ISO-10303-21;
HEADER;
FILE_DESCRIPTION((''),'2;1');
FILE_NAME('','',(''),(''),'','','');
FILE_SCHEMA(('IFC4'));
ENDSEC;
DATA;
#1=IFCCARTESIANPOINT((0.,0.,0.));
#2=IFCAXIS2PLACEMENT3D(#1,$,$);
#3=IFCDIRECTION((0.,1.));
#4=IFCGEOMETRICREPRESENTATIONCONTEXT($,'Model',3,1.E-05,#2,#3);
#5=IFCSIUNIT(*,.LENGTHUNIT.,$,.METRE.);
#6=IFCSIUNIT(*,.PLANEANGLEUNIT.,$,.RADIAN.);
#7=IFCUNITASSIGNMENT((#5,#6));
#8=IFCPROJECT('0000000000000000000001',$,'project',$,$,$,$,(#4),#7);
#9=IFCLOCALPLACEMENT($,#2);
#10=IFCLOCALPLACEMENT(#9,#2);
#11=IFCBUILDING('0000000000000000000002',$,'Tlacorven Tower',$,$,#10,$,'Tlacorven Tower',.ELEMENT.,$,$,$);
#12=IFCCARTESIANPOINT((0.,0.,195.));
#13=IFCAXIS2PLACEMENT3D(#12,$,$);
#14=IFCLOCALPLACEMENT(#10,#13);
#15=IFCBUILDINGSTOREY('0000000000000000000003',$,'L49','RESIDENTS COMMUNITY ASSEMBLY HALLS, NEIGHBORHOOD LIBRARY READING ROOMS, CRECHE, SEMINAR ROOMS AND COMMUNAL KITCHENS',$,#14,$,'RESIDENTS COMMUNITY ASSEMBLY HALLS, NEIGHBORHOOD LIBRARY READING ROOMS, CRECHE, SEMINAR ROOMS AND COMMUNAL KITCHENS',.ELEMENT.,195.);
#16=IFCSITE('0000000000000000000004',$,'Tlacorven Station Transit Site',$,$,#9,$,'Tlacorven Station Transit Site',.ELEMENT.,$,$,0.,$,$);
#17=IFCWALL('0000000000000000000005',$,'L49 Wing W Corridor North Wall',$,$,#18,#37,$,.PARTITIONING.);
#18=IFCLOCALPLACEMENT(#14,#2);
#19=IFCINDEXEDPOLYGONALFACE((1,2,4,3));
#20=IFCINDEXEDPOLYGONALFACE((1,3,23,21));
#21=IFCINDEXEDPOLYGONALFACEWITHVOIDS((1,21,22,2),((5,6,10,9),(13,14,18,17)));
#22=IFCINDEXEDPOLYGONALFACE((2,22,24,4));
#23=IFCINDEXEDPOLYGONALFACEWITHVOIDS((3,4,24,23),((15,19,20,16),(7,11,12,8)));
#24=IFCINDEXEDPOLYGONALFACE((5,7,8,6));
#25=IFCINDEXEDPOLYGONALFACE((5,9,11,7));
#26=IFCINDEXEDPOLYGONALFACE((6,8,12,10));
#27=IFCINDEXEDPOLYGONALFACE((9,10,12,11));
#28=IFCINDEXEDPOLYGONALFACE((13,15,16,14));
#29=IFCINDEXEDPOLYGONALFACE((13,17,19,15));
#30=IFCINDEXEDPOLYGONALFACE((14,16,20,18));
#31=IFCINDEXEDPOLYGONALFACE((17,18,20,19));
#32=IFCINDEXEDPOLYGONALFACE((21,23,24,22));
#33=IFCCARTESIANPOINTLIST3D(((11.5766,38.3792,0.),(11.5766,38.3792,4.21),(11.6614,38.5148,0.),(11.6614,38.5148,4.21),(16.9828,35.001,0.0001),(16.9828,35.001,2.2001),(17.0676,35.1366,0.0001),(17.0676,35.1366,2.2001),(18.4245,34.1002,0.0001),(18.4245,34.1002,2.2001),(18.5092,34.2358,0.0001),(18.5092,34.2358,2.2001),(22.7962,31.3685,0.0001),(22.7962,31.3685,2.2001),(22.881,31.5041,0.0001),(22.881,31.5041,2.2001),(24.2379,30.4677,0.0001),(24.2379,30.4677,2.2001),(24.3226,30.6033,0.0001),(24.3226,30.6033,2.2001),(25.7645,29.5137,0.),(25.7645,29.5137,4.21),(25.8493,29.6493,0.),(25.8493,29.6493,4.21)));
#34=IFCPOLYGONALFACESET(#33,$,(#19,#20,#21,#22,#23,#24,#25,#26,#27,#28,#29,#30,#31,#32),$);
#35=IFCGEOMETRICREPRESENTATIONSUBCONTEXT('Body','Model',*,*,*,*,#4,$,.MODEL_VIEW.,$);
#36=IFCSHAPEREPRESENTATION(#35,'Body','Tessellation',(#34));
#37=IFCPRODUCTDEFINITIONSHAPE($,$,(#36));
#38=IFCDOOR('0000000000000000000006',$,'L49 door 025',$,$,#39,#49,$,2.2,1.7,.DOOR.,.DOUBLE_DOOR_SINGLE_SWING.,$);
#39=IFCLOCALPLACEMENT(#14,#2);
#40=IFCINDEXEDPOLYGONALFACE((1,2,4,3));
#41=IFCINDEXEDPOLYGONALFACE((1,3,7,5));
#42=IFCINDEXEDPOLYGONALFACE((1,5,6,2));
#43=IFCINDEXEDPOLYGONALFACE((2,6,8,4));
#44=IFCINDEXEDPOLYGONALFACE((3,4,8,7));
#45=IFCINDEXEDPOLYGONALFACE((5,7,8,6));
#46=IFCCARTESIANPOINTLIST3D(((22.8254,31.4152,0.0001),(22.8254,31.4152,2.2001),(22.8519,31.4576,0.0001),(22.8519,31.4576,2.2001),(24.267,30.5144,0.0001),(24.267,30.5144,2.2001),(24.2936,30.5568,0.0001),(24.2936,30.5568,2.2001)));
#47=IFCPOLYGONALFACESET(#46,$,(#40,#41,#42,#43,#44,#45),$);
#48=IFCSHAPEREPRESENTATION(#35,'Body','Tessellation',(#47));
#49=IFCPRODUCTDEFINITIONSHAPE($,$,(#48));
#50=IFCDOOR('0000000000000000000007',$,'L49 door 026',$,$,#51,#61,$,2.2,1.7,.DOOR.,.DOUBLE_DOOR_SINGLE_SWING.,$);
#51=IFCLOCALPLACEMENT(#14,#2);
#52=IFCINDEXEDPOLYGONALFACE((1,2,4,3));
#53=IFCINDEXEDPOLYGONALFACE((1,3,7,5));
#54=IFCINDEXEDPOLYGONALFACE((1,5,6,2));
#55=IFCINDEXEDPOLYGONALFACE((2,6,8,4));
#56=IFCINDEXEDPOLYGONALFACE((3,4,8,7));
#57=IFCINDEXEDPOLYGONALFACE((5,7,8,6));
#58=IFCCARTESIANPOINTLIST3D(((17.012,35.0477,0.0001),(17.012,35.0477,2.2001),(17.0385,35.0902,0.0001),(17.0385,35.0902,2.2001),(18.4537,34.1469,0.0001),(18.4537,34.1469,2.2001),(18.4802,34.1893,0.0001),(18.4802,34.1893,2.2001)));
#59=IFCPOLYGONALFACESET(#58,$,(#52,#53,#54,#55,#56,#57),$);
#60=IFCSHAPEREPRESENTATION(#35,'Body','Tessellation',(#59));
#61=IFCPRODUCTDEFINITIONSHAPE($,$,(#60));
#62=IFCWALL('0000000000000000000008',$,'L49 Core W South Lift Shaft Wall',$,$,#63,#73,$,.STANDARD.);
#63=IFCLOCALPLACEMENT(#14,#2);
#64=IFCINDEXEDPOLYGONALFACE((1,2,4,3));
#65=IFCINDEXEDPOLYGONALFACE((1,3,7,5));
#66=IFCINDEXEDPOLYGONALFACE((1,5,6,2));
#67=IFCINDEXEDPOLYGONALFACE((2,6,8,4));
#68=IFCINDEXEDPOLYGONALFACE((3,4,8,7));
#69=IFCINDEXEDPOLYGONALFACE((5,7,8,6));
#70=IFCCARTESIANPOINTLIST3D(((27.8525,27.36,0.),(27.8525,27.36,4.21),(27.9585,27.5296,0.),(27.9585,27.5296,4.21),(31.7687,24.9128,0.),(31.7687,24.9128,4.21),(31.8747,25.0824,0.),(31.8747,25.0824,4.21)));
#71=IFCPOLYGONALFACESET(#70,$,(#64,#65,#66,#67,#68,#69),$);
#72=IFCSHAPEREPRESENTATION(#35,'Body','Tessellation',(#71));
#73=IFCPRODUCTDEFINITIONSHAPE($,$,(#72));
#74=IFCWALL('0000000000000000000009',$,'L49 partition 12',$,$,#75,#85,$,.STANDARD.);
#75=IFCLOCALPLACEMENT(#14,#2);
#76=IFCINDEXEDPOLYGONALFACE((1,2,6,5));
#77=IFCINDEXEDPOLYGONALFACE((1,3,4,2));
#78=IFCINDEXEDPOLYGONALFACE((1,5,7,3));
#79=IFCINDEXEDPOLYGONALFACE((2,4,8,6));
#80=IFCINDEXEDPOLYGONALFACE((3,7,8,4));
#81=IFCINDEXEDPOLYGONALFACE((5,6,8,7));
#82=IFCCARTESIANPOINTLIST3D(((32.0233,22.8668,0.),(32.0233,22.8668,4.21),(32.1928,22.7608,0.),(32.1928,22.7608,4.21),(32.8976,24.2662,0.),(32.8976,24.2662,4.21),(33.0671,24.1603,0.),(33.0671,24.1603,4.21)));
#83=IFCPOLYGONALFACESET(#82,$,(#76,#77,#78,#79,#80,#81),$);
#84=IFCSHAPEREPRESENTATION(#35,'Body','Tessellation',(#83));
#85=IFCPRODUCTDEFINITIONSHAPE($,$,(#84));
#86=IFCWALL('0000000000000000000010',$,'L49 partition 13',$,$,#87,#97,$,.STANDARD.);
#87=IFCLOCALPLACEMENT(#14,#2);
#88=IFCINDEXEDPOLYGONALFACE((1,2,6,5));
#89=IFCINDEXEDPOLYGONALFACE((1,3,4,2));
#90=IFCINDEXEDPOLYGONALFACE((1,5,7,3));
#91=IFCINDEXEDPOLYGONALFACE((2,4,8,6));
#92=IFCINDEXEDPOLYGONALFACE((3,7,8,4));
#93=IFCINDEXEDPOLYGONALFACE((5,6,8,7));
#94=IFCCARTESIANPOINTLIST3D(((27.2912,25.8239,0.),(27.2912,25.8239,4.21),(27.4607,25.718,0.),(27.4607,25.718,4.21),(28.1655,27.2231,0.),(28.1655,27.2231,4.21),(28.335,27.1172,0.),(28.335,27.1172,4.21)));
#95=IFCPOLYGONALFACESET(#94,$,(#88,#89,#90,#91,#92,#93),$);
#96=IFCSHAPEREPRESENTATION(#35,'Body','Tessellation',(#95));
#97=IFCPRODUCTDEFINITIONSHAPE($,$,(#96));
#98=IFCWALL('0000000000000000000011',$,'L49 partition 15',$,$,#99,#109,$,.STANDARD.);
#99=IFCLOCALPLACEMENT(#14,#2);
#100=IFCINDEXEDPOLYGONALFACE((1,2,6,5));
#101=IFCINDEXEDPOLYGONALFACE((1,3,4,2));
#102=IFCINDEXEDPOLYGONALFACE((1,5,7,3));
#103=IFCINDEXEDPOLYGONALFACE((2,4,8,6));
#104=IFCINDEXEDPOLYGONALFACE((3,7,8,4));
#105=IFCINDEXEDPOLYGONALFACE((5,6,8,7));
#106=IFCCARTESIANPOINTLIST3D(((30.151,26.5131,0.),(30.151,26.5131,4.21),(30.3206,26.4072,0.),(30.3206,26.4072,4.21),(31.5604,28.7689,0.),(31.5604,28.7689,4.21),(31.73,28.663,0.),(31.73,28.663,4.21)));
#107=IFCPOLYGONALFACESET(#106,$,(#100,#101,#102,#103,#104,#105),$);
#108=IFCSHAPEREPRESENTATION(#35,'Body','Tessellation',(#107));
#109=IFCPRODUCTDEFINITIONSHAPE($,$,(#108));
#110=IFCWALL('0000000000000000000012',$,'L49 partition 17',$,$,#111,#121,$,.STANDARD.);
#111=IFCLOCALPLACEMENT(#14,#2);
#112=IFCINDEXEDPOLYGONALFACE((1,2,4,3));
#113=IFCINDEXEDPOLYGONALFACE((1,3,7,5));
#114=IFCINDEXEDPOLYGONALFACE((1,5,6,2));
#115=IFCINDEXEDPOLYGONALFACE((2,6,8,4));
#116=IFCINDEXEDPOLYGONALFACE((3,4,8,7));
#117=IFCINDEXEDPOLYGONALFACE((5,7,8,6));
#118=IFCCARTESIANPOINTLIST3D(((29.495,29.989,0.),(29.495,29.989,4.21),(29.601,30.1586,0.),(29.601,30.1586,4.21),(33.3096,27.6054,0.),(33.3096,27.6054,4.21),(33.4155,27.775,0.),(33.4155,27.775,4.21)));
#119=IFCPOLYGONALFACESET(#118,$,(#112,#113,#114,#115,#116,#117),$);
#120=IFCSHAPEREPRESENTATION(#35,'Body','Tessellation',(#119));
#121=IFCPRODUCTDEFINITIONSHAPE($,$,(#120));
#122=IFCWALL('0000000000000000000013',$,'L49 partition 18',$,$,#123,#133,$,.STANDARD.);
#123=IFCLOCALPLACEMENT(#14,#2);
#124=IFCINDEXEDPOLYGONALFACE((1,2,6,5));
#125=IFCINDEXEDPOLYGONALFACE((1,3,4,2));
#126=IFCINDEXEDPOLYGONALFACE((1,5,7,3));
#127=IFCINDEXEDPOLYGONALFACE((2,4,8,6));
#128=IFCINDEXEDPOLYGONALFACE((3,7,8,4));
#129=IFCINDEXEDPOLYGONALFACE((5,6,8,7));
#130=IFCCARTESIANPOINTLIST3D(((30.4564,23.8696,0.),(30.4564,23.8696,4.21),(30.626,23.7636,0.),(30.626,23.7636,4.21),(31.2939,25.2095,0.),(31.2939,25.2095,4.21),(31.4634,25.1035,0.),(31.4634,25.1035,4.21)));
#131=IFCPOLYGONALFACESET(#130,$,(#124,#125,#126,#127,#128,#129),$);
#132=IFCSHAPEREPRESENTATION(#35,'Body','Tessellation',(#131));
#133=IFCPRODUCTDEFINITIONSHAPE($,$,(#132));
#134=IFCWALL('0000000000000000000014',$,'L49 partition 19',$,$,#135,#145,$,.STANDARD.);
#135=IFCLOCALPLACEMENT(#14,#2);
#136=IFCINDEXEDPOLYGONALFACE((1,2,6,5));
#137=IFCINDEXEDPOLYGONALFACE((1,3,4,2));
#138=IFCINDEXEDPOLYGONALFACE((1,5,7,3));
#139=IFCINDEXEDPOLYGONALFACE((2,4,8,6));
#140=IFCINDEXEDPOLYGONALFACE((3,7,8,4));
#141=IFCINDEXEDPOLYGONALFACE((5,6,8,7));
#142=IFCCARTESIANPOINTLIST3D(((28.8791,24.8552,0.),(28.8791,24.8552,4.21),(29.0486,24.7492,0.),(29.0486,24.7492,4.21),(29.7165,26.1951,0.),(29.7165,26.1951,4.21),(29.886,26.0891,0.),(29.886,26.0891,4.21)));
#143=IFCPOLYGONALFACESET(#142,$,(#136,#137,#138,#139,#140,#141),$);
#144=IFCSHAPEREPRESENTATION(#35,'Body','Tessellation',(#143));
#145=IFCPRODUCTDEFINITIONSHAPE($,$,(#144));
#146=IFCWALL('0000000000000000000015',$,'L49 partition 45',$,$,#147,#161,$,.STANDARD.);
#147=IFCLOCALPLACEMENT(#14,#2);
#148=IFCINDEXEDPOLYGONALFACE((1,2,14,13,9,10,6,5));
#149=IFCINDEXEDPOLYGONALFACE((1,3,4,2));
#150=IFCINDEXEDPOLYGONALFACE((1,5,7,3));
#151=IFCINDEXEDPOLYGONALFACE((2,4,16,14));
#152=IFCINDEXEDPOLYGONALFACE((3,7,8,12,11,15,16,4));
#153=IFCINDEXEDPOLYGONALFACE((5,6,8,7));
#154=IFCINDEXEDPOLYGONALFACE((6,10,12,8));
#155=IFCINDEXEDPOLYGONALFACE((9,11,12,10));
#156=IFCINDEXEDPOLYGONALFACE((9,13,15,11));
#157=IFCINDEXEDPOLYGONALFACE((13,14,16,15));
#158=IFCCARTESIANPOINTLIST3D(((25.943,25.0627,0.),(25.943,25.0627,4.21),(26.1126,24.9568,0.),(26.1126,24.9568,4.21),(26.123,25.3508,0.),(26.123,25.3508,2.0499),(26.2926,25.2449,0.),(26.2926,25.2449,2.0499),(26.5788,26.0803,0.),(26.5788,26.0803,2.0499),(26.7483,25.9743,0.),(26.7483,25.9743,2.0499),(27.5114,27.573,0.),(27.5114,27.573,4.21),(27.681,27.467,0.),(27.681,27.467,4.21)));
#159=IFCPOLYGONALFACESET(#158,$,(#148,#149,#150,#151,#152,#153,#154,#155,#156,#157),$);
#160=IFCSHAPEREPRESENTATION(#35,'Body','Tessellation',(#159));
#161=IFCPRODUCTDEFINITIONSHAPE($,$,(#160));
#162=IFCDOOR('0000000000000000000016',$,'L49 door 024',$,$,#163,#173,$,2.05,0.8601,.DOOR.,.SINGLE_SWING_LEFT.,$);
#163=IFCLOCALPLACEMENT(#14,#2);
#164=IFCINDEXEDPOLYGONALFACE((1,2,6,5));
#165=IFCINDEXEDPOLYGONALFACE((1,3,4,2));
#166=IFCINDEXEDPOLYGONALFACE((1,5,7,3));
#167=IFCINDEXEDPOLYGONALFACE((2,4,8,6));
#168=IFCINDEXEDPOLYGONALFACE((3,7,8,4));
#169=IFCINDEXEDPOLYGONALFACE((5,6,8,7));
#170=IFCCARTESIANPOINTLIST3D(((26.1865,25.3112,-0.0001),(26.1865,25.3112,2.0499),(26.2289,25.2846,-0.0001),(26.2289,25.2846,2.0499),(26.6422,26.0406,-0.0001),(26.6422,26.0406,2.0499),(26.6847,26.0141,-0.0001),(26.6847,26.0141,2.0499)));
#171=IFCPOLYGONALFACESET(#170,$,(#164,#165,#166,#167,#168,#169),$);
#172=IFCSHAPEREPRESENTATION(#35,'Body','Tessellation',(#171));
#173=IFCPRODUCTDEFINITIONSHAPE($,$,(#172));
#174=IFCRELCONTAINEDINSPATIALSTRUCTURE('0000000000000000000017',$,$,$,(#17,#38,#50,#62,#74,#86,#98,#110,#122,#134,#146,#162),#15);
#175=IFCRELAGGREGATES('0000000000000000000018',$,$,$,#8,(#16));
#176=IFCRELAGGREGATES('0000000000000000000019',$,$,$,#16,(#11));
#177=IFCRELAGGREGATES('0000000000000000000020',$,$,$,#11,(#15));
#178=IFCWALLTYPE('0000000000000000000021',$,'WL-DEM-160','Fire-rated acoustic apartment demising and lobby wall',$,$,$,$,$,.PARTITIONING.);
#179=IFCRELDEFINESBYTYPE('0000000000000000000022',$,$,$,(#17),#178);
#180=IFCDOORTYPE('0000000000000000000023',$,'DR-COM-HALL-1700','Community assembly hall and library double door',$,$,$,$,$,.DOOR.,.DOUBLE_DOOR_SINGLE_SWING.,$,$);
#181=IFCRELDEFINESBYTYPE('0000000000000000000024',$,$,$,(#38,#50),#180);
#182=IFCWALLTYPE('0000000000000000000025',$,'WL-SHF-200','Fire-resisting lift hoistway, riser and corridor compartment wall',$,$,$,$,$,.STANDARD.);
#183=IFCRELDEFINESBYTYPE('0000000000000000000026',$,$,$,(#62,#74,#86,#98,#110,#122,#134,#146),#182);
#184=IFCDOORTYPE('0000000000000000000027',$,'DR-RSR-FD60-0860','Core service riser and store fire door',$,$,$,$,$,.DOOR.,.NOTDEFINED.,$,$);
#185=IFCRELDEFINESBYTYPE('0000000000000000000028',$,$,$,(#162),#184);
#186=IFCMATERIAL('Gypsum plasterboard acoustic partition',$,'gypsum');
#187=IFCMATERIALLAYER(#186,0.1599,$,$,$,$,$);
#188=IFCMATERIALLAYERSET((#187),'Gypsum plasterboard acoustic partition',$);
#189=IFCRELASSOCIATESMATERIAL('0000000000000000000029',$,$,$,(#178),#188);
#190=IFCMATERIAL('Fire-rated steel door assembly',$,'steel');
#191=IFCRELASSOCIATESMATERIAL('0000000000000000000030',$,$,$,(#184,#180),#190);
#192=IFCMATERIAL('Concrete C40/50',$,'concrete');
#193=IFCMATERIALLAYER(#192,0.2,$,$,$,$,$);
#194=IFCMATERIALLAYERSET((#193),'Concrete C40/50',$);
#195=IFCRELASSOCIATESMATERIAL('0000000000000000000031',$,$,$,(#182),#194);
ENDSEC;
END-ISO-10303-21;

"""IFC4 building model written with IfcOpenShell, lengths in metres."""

from ifc_helpers import new_model, si_unit, direction, frame, frame_2d, origin, place, context, subcontext, project, spatial, rectangle, extrude, source, transform, mapped, material, layer, layer_set, type_object, element, fill, save


model = new_model("IFC4")

# Units and contexts
model_context = context("Model", 3, precision=1e-05, world=origin(), true_north=direction((0.0, 1.0)))
body_context = subcontext(model_context, "Body", "Model", "MODEL_VIEW")
ifc_project = project(units=[si_unit("LENGTHUNIT", "METRE"), si_unit("PLANEANGLEUNIT", "RADIAN")], contexts=[model_context])

# Site, building, storey
site_placement = place(None, origin())
site = spatial("IfcSite", under=ifc_project, at=site_placement, Name="Tlacorven Station Transit Site", LongName="Tlacorven Station Transit Site", CompositionType="ELEMENT", RefElevation=0.0)
building_placement = place(site_placement, origin())
building = spatial("IfcBuilding", under=site, at=building_placement, Name="Tlacorven Tower", LongName="Tlacorven Tower", CompositionType="ELEMENT")
storey_placement = place(building_placement, frame((0.0, 0.0, 195.0)))
storey = spatial("IfcBuildingStorey", under=building, at=storey_placement, Name="L49", Description="RESIDENTS COMMUNITY ASSEMBLY HALLS, NEIGHBORHOOD LIBRARY READING ROOMS, CRECHE, SEMINAR ROOMS AND COMMUNAL KITCHENS", LongName="RESIDENTS COMMUNITY ASSEMBLY HALLS, NEIGHBORHOOD LIBRARY READING ROOMS, CRECHE, SEMINAR ROOMS AND COMMUNAL KITCHENS", CompositionType="ELEMENT", Elevation=195.0)

# Shared definitions
ifc_material_1 = material(Name="Gypsum plasterboard acoustic partition", Category="gypsum")
ifc_layer_1 = layer(ifc_material_1, 0.1599)
ifc_layer_set_1 = layer_set([ifc_layer_1], Name="Gypsum plasterboard acoustic partition")
wall_type_1 = type_object("IfcWallType", Name="WL-DEM-160", Description="Fire-rated acoustic apartment demising and lobby wall", PredefinedType="PARTITIONING", material=ifc_layer_set_1)
ifc_material_2 = material(Name="Fire-rated steel door assembly", Category="steel")
door_type_1 = type_object("IfcDoorType", Name="DR-RSR-FD60-0860", Description="Core service riser and store fire door", OperationType="NOTDEFINED", PredefinedType="DOOR", material=ifc_material_2)
shared_shape_1 = source(origin(), body_context, "Body", "SweptSolid", [
    extrude(rectangle(XDim=0.8601, YDim=2.05, at=frame_2d((0.4302, 1.0249))), frame((0.0, 0.0249, 0.0), z_axis=(0.0, -1.0, 0.0), x_axis=(1.0, 0.0, 0.0)), (0.0, 0.0, 1.0), 0.05),
])

# Wall, openings, doors
wall_1_placement = place(storey_placement, frame((25.8069, 29.5815, 0.0), z_axis=(0.0, 0.0, 1.0), x_axis=(-0.848052, 0.529912, 0.0)))
wall_1 = element("IfcWall", 1, at=wall_1_placement, inside=storey, type_object=wall_type_1, Name="L49 Wing W Corridor North Wall", PredefinedType="PARTITIONING", context=body_context, shape_type="SweptSolid", body=[
    extrude(rectangle(XDim=16.73, YDim=0.1599, at=frame_2d((8.365, 0.0))), origin(), (0.0, 0.0, 1.0), 4.21),
])
opening_1_placement = place(wall_1_placement, frame((1.8, 0.0, 0.0)))
opening_1 = element("IfcOpeningElement", 2, at=opening_1_placement, cuts=wall_1, PredefinedType="OPENING", context=body_context, shape_type="SweptSolid", body=[
    extrude(rectangle(XDim=1.7, YDim=2.2, at=frame_2d((0.8501, 1.1001))), frame((0.0, 0.0898, 0.0), z_axis=(0.0, -1.0, 0.0), x_axis=(1.0, 0.0, 0.0)), (0.0, 0.0, 1.0), 0.1799),
])
opening_2_placement = place(wall_1_placement, frame((8.655, 0.0, 0.0)))
opening_2 = element("IfcOpeningElement", 3, at=opening_2_placement, cuts=wall_1, PredefinedType="OPENING", context=body_context, shape_type="SweptSolid", body=[
    extrude(rectangle(XDim=1.7, YDim=2.2, at=frame_2d((0.8501, 1.1001))), frame((0.0, 0.0898, 0.0), z_axis=(0.0, -1.0, 0.0), x_axis=(1.0, 0.0, 0.0)), (0.0, 0.0, 1.0), 0.1799),
])
door_type_2 = type_object("IfcDoorType", Name="DR-COM-HALL-1700", Description="Community assembly hall and library double door", OperationType="DOUBLE_DOOR_SINGLE_SWING", PredefinedType="DOOR", material=ifc_material_2)
shared_shape_2 = source(origin(), body_context, "Body", "SweptSolid", [
    extrude(rectangle(XDim=1.7, YDim=2.2, at=frame_2d((0.8501, 1.1001))), frame((0.0, 0.0249, 0.0), z_axis=(0.0, -1.0, 0.0), x_axis=(1.0, 0.0, 0.0)), (0.0, 0.0, 1.0), 0.05),
])
door_1_placement = place(opening_1_placement, origin())
door_1 = element("IfcDoor", 4, at=door_1_placement, inside=storey, type_object=door_type_2, Name="L49 door 025", OperationType="DOUBLE_DOOR_SINGLE_SWING", OverallHeight=2.2, OverallWidth=1.7, PredefinedType="DOOR", context=body_context, shape_type="MappedRepresentation", body=[
    mapped(shared_shape_2, transform((0.0, 0.0, 0.0), scale=1.0)),
])
fill(opening_1, door_1)
door_2_placement = place(opening_2_placement, origin())
door_2 = element("IfcDoor", 5, at=door_2_placement, inside=storey, type_object=door_type_2, Name="L49 door 026", OperationType="DOUBLE_DOOR_SINGLE_SWING", OverallHeight=2.2, OverallWidth=1.7, PredefinedType="DOOR", context=body_context, shape_type="MappedRepresentation", body=[
    mapped(shared_shape_2, transform((0.0, 0.0, 0.0), scale=1.0)),
])
fill(opening_2, door_2)

# Walls
ifc_material_3 = material(Name="Concrete C40/50", Category="concrete")
ifc_layer_2 = layer(ifc_material_3, 0.2)
ifc_layer_set_2 = layer_set([ifc_layer_2], Name="Concrete C40/50")
wall_type_2 = type_object("IfcWallType", Name="WL-SHF-200", Description="Fire-resisting lift hoistway, riser and corridor compartment wall", PredefinedType="STANDARD", material=ifc_layer_set_2)
wall_2_placement = place(storey_placement, frame((31.8218, 24.9976, 0.0), z_axis=(0.0, 0.0, 1.0), x_axis=(-0.848037, 0.529937, 0.0)))
element("IfcWall", 6, at=wall_2_placement, inside=storey, type_object=wall_type_2, Name="L49 Core W South Lift Shaft Wall", PredefinedType="STANDARD", context=body_context, shape_type="SweptSolid", body=[
    extrude(rectangle(XDim=4.6179, YDim=0.2, at=frame_2d((2.3091, 0.0))), origin(), (0.0, 0.0, 1.0), 4.21),
])
wall_3_placement = place(storey_placement, frame((32.9824, 24.2134, 0.0), z_axis=(0.0, 0.0, 1.0), x_axis=(-0.529839, -0.848098, 0.0)))
element("IfcWall", 7, at=wall_3_placement, inside=storey, type_object=wall_type_2, Name="L49 partition 12", PredefinedType="STANDARD", context=body_context, shape_type="SweptSolid", body=[
    extrude(rectangle(XDim=1.6501, YDim=0.2, at=frame_2d((0.8252, 0.0))), origin(), (0.0, 0.0, 1.0), 4.21),
])
wall_4_placement = place(storey_placement, frame((28.2502, 27.1702, 0.0), z_axis=(0.0, 0.0, 1.0), x_axis=(-0.529906, -0.848056, 0.0)))
element("IfcWall", 8, at=wall_4_placement, inside=storey, type_object=wall_type_2, Name="L49 partition 13", PredefinedType="STANDARD", context=body_context, shape_type="SweptSolid", body=[
    extrude(rectangle(XDim=1.6499, YDim=0.2, at=frame_2d((0.825, 0.0))), origin(), (0.0, 0.0, 1.0), 4.21),
])
wall_5_placement = place(storey_placement, frame((31.6453, 28.7161, 0.0), z_axis=(0.0, 0.0, 1.0), x_axis=(-0.529867, -0.848081, 0.0)))
element("IfcWall", 9, at=wall_5_placement, inside=storey, type_object=wall_type_2, Name="L49 partition 15", PredefinedType="STANDARD", context=body_context, shape_type="SweptSolid", body=[
    extrude(rectangle(XDim=2.6599, YDim=0.2, at=frame_2d((1.3301, 0.0))), origin(), (0.0, 0.0, 1.0), 4.21),
])
wall_6_placement = place(storey_placement, frame((33.3625, 27.6902, 0.0), z_axis=(0.0, 0.0, 1.0), x_axis=(-0.848047, 0.529921, 0.0)))
element("IfcWall", 10, at=wall_6_placement, inside=storey, type_object=wall_type_2, Name="L49 partition 17", PredefinedType="STANDARD", context=body_context, shape_type="SweptSolid", body=[
    extrude(rectangle(XDim=4.498, YDim=0.2, at=frame_2d((2.249, 0.0))), origin(), (0.0, 0.0, 1.0), 4.21),
])
for number, where, z_axis, x_axis, name in (
    (11, (31.3787, 25.1565, 0.0), (0.0, 0.0, 1.0), (-0.529999, -0.847998, 0.0), "L49 partition 18"),
    (12, (29.8013, 26.1421, 0.0), (0.0, 0.0, 1.0), (-0.529999, -0.847998, 0.0), "L49 partition 19"),
):
    element("IfcWall", number, at=place(storey_placement, frame(where, z_axis=z_axis, x_axis=x_axis)), inside=storey, type_object=wall_type_2, Name=name, PredefinedType="STANDARD", context=body_context, shape_type="SweptSolid", body=[
        extrude(rectangle(XDim=1.5801, YDim=0.2, at=frame_2d((0.79, 0.0))), origin(), (0.0, 0.0, 1.0), 4.21),
    ])

# Wall, opening, door
wall_7_placement = place(storey_placement, frame((27.5962, 27.52, 0.0), z_axis=(0.0, 0.0, 1.0), x_axis=(-0.529865, -0.848082, 0.0)))
wall_7 = element("IfcWall", 13, at=wall_7_placement, inside=storey, type_object=wall_type_2, Name="L49 partition 45", PredefinedType="STANDARD", context=body_context, shape_type="SweptSolid", body=[
    extrude(rectangle(XDim=2.96, YDim=0.2, at=frame_2d((1.48, 0.0))), origin(), (0.0, 0.0, 1.0), 4.21),
])
opening_3_placement = place(wall_7_placement, frame((1.76, 0.0, 0.0)))
opening_3 = element("IfcOpeningElement", 14, at=opening_3_placement, cuts=wall_7, PredefinedType="OPENING", context=body_context, shape_type="SweptSolid", body=[
    extrude(rectangle(XDim=0.8601, YDim=2.05, at=frame_2d((0.4302, 1.0249))), frame((0.0, 0.1099, 0.0), z_axis=(0.0, -1.0, 0.0), x_axis=(1.0, 0.0, 0.0)), (0.0, 0.0, 1.0), 0.22),
])
door_3_placement = place(opening_3_placement, origin())
door_3 = element("IfcDoor", 15, at=door_3_placement, inside=storey, type_object=door_type_1, Name="L49 door 024", OperationType="SINGLE_SWING_LEFT", OverallHeight=2.05, OverallWidth=0.8601, PredefinedType="DOOR", context=body_context, shape_type="MappedRepresentation", body=[
    mapped(shared_shape_1, transform((0.0, 0.0, 0.0), scale=1.0)),
])
fill(opening_3, door_3)

save(model, "model.ifc")
